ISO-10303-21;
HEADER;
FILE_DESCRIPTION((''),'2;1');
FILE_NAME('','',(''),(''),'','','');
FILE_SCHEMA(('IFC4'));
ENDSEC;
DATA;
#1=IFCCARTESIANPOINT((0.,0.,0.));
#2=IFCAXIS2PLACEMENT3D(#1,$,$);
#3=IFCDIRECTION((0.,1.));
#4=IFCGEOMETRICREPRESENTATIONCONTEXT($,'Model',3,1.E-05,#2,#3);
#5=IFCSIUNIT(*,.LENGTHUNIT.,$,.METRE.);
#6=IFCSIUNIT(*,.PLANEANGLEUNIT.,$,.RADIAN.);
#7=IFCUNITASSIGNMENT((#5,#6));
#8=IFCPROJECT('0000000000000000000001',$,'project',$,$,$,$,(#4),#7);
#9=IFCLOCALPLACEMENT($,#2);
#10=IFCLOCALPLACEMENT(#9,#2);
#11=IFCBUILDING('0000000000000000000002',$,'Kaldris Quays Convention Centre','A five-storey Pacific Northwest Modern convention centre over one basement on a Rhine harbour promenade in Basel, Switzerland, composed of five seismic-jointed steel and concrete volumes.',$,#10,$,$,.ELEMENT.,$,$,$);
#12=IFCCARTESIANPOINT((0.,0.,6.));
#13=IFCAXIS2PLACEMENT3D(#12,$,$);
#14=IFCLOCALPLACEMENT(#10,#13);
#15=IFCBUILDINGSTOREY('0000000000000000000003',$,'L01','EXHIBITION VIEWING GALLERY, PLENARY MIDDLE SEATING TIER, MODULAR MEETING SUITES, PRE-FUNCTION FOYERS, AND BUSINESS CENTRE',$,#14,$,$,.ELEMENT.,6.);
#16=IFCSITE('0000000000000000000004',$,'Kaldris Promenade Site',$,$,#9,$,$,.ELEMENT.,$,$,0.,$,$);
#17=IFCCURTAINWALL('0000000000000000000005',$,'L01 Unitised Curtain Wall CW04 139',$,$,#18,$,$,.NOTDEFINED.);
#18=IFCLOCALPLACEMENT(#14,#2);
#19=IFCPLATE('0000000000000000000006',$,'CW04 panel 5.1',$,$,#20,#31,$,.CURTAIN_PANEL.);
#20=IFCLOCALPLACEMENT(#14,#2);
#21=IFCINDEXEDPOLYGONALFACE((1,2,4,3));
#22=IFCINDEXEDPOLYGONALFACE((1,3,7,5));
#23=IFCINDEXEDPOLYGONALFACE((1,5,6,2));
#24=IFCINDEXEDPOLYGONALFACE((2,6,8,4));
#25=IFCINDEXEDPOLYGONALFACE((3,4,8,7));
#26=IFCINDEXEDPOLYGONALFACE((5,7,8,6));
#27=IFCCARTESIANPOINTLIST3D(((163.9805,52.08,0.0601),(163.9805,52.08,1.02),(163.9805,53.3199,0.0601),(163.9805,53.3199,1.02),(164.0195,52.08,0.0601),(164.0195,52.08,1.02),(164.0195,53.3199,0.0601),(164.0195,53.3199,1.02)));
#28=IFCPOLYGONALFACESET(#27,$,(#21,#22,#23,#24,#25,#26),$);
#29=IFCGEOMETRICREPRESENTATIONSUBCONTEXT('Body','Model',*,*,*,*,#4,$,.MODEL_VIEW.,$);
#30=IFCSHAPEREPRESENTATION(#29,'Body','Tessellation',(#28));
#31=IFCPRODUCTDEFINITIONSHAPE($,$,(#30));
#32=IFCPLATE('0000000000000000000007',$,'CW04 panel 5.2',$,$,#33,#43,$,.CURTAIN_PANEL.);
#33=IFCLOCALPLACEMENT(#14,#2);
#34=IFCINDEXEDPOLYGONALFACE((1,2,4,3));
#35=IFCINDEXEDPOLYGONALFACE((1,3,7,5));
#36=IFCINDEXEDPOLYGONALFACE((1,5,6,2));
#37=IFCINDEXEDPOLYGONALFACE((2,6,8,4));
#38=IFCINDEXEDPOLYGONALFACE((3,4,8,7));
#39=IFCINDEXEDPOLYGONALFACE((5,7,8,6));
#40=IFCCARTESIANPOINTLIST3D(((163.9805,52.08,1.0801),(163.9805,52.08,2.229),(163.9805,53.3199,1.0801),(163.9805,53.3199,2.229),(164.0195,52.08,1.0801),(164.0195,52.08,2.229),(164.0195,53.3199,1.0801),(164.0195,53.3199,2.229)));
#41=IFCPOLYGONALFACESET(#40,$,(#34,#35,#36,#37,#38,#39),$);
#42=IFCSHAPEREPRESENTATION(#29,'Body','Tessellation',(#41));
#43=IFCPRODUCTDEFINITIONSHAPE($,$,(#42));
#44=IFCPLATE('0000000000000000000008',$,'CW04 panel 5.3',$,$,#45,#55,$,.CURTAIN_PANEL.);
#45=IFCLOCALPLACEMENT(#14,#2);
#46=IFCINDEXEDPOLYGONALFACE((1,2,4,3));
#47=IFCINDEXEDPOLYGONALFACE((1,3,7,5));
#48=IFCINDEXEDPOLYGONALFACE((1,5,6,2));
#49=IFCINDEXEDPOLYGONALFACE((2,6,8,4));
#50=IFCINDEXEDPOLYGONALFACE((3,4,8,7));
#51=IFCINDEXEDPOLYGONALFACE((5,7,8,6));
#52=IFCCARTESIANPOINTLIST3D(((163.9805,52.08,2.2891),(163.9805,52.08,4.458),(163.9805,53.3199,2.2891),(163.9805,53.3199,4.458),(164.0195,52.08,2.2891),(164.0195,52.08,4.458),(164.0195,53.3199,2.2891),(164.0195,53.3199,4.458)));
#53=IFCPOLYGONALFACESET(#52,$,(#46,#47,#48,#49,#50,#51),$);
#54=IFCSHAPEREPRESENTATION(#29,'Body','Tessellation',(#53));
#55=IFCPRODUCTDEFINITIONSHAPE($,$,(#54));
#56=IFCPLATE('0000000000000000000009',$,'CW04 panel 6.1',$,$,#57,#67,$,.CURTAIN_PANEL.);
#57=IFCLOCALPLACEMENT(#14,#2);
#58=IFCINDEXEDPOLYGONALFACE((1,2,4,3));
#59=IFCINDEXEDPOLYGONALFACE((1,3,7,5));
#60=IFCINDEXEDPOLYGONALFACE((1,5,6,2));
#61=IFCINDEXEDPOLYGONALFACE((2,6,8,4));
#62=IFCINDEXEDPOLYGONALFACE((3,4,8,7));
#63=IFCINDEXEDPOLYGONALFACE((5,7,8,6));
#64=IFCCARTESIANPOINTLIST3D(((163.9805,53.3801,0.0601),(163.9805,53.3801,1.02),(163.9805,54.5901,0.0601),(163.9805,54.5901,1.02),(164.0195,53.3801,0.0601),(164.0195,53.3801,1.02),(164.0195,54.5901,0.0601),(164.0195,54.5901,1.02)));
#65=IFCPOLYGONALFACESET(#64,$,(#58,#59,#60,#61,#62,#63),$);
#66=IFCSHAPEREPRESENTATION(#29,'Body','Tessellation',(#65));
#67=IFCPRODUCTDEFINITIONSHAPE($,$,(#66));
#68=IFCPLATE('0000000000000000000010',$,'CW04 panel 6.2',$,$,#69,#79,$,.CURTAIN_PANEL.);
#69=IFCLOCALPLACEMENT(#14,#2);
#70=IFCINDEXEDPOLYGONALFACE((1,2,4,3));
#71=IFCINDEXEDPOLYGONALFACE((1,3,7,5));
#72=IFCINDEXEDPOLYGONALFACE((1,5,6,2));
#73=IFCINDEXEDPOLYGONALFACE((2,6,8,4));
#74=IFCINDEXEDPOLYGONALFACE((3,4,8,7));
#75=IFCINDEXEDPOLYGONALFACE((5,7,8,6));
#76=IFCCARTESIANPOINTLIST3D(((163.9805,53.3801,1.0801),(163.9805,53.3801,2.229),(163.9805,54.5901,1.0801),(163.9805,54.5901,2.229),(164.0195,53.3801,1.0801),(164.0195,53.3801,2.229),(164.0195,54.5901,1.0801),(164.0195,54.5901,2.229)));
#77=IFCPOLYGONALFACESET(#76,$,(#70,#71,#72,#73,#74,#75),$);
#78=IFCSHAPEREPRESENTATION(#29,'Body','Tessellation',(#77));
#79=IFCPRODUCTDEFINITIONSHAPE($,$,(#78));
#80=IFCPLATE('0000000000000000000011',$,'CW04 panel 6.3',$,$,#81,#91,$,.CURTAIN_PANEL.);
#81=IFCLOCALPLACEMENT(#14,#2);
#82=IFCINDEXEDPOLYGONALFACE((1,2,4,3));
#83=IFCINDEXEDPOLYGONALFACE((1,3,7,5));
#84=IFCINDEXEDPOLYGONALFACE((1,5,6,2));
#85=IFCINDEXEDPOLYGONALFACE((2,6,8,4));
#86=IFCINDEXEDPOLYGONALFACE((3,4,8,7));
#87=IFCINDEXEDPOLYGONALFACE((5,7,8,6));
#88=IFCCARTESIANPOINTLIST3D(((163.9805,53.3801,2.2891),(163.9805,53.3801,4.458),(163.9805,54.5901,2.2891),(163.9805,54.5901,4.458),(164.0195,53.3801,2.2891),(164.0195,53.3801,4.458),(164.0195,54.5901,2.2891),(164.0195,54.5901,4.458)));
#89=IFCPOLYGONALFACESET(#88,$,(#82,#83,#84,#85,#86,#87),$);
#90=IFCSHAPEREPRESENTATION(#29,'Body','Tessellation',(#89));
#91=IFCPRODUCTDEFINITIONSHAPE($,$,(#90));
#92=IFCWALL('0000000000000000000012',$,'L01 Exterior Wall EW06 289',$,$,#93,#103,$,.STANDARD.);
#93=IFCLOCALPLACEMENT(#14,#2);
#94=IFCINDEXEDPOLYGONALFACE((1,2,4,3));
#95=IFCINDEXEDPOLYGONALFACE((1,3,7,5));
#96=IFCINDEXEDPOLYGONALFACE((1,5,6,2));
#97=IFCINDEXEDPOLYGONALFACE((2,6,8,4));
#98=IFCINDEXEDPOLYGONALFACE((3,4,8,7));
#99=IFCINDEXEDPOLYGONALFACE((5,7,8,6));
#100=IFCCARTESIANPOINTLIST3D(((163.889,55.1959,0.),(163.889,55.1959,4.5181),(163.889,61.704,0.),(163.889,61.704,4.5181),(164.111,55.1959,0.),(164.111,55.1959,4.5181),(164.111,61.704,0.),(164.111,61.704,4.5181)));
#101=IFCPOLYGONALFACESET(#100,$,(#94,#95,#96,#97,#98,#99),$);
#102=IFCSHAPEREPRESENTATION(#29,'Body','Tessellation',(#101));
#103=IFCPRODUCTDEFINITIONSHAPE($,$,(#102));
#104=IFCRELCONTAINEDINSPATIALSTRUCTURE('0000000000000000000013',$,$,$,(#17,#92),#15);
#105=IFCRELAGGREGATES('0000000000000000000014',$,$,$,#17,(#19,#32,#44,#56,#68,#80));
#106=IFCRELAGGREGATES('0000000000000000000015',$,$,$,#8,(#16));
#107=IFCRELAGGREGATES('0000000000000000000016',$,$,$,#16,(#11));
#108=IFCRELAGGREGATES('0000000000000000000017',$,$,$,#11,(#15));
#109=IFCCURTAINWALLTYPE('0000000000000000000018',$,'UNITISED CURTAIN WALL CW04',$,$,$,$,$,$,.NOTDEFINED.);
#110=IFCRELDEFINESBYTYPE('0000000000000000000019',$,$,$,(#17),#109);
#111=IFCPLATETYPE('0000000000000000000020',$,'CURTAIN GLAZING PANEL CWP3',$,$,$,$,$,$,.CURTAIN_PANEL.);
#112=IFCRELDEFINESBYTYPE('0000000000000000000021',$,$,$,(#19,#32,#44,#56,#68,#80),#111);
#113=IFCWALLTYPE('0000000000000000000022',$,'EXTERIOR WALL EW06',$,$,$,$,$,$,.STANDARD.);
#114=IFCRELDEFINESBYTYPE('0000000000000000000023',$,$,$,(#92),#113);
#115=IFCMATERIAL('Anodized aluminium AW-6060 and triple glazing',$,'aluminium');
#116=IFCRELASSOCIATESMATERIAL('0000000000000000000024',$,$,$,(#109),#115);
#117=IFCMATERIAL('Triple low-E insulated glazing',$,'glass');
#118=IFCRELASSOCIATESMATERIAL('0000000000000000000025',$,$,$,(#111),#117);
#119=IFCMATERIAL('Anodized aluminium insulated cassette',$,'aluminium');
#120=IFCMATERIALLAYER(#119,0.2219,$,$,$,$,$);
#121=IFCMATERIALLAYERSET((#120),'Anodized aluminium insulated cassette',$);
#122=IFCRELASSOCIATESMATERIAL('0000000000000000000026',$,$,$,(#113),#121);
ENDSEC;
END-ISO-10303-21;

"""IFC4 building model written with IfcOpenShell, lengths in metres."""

from ifc_helpers import new_model, si_unit, direction, frame, frame_2d, origin, origin_2d, place, context, subcontext, project, spatial, rectangle, extrude, material, layer, layer_set, type_object, element, aggregate, save


model = new_model("IFC4")

# Units and contexts
model_context = context("Model", 3, precision=1e-05, world=origin(), true_north=direction((0.0, 1.0)))
body_context = subcontext(model_context, "Body", "Model", "MODEL_VIEW")
ifc_project = project(units=[si_unit("LENGTHUNIT", "METRE"), si_unit("PLANEANGLEUNIT", "RADIAN")], contexts=[model_context])

# Site, building, storey
site_placement = place(None, origin())
site = spatial("IfcSite", under=ifc_project, at=site_placement, Name="Kaldris Promenade Site", CompositionType="ELEMENT", RefElevation=0.0)
building_placement = place(site_placement, origin())
building = spatial("IfcBuilding", under=site, at=building_placement, Name="Kaldris Quays Convention Centre", Description="A five-storey Pacific Northwest Modern convention centre over one basement on a Rhine harbour promenade in Basel, Switzerland, composed of five seismic-jointed steel and concrete volumes.", CompositionType="ELEMENT")
storey_placement = place(building_placement, frame((0.0, 0.0, 6.0)))
storey = spatial("IfcBuildingStorey", under=building, at=storey_placement, Name="L01", Description="EXHIBITION VIEWING GALLERY, PLENARY MIDDLE SEATING TIER, MODULAR MEETING SUITES, PRE-FUNCTION FOYERS, AND BUSINESS CENTRE", CompositionType="ELEMENT", Elevation=6.0)

# Curtain wall
ifc_material_1 = material(Name="Anodized aluminium AW-6060 and triple glazing", Category="aluminium")
curtain_wall_type = type_object("IfcCurtainWallType", Name="UNITISED CURTAIN WALL CW04", PredefinedType="NOTDEFINED", material=ifc_material_1)
curtain_wall_placement = place(storey_placement, origin())
curtain_wall = element("IfcCurtainWall", 1, at=curtain_wall_placement, inside=storey, type_object=curtain_wall_type, Name="L01 Unitised Curtain Wall CW04 139", PredefinedType="NOTDEFINED")

# Plates
ifc_material_2 = material(Name="Triple low-E insulated glazing", Category="glass")
plate_type = type_object("IfcPlateType", Name="CURTAIN GLAZING PANEL CWP3", PredefinedType="CURTAIN_PANEL", material=ifc_material_2)
plate_1_placement = place(storey_placement, frame((164.0, 52.7, 0.0601), z_axis=(0.0, 0.0, 1.0), x_axis=(0.0, 1.0, 0.0)))
plate_1 = element("IfcPlate", 2, at=plate_1_placement, type_object=plate_type, Name="CW04 panel 5.1", PredefinedType="CURTAIN_PANEL", context=body_context, shape_type="SweptSolid", body=[
    extrude(rectangle(XDim=1.24, YDim=0.0391, at=origin_2d()), origin(), (0.0, 0.0, 1.0), 0.96),
])
plate_2_placement = place(storey_placement, frame((164.0, 52.7, 1.0801), z_axis=(0.0, 0.0, 1.0), x_axis=(0.0, 1.0, 0.0)))
plate_2 = element("IfcPlate", 3, at=plate_2_placement, type_object=plate_type, Name="CW04 panel 5.2", PredefinedType="CURTAIN_PANEL", context=body_context, shape_type="SweptSolid", body=[
    extrude(rectangle(XDim=1.24, YDim=0.0391, at=origin_2d()), origin(), (0.0, 0.0, 1.0), 1.1489),
])
plate_3_placement = place(storey_placement, frame((164.0, 52.7, 2.2891), z_axis=(0.0, 0.0, 1.0), x_axis=(0.0, 1.0, 0.0)))
plate_3 = element("IfcPlate", 4, at=plate_3_placement, type_object=plate_type, Name="CW04 panel 5.3", PredefinedType="CURTAIN_PANEL", context=body_context, shape_type="SweptSolid", body=[
    extrude(rectangle(XDim=1.24, YDim=0.0391, at=origin_2d()), origin(), (0.0, 0.0, 1.0), 2.1689),
])
plate_4_placement = place(storey_placement, frame((164.0, 53.9851, 0.0601), z_axis=(0.0, 0.0, 1.0), x_axis=(0.0, 1.0, 0.0)))
plate_4 = element("IfcPlate", 5, at=plate_4_placement, type_object=plate_type, Name="CW04 panel 6.1", PredefinedType="CURTAIN_PANEL", context=body_context, shape_type="SweptSolid", body=[
    extrude(rectangle(XDim=1.21, YDim=0.0391, at=origin_2d()), origin(), (0.0, 0.0, 1.0), 0.96),
])
plate_5_placement = place(storey_placement, frame((164.0, 53.9851, 1.0801), z_axis=(0.0, 0.0, 1.0), x_axis=(0.0, 1.0, 0.0)))
plate_5 = element("IfcPlate", 6, at=plate_5_placement, type_object=plate_type, Name="CW04 panel 6.2", PredefinedType="CURTAIN_PANEL", context=body_context, shape_type="SweptSolid", body=[
    extrude(rectangle(XDim=1.21, YDim=0.0391, at=origin_2d()), origin(), (0.0, 0.0, 1.0), 1.1489),
])
plate_6_placement = place(storey_placement, frame((164.0, 53.9851, 2.2891), z_axis=(0.0, 0.0, 1.0), x_axis=(0.0, 1.0, 0.0)))
plate_6 = element("IfcPlate", 7, at=plate_6_placement, type_object=plate_type, Name="CW04 panel 6.3", PredefinedType="CURTAIN_PANEL", context=body_context, shape_type="SweptSolid", body=[
    extrude(rectangle(XDim=1.21, YDim=0.0391, at=origin_2d()), origin(), (0.0, 0.0, 1.0), 2.1689),
])
aggregate(curtain_wall, [plate_1, plate_2, plate_3, plate_4, plate_5, plate_6])

# Wall
ifc_material_3 = material(Name="Anodized aluminium insulated cassette", Category="aluminium")
ifc_layer = layer(ifc_material_3, 0.2219)
ifc_layer_set = layer_set([ifc_layer], Name="Anodized aluminium insulated cassette")
wall_type = type_object("IfcWallType", Name="EXTERIOR WALL EW06", PredefinedType="STANDARD", material=ifc_layer_set)
wall_placement = place(storey_placement, frame((164.0, 55.196, 0.0), z_axis=(0.0, 0.0, 1.0), x_axis=(0.0, 1.0, 0.0)))
element("IfcWall", 8, at=wall_placement, inside=storey, type_object=wall_type, Name="L01 Exterior Wall EW06 289", PredefinedType="STANDARD", context=body_context, shape_type="SweptSolid", body=[
    extrude(rectangle(XDim=6.5081, YDim=0.2219, at=frame_2d((3.2539, 0.0))), origin(), (0.0, 0.0, 1.0), 4.5181),
])

save(model, "model.ifc")
